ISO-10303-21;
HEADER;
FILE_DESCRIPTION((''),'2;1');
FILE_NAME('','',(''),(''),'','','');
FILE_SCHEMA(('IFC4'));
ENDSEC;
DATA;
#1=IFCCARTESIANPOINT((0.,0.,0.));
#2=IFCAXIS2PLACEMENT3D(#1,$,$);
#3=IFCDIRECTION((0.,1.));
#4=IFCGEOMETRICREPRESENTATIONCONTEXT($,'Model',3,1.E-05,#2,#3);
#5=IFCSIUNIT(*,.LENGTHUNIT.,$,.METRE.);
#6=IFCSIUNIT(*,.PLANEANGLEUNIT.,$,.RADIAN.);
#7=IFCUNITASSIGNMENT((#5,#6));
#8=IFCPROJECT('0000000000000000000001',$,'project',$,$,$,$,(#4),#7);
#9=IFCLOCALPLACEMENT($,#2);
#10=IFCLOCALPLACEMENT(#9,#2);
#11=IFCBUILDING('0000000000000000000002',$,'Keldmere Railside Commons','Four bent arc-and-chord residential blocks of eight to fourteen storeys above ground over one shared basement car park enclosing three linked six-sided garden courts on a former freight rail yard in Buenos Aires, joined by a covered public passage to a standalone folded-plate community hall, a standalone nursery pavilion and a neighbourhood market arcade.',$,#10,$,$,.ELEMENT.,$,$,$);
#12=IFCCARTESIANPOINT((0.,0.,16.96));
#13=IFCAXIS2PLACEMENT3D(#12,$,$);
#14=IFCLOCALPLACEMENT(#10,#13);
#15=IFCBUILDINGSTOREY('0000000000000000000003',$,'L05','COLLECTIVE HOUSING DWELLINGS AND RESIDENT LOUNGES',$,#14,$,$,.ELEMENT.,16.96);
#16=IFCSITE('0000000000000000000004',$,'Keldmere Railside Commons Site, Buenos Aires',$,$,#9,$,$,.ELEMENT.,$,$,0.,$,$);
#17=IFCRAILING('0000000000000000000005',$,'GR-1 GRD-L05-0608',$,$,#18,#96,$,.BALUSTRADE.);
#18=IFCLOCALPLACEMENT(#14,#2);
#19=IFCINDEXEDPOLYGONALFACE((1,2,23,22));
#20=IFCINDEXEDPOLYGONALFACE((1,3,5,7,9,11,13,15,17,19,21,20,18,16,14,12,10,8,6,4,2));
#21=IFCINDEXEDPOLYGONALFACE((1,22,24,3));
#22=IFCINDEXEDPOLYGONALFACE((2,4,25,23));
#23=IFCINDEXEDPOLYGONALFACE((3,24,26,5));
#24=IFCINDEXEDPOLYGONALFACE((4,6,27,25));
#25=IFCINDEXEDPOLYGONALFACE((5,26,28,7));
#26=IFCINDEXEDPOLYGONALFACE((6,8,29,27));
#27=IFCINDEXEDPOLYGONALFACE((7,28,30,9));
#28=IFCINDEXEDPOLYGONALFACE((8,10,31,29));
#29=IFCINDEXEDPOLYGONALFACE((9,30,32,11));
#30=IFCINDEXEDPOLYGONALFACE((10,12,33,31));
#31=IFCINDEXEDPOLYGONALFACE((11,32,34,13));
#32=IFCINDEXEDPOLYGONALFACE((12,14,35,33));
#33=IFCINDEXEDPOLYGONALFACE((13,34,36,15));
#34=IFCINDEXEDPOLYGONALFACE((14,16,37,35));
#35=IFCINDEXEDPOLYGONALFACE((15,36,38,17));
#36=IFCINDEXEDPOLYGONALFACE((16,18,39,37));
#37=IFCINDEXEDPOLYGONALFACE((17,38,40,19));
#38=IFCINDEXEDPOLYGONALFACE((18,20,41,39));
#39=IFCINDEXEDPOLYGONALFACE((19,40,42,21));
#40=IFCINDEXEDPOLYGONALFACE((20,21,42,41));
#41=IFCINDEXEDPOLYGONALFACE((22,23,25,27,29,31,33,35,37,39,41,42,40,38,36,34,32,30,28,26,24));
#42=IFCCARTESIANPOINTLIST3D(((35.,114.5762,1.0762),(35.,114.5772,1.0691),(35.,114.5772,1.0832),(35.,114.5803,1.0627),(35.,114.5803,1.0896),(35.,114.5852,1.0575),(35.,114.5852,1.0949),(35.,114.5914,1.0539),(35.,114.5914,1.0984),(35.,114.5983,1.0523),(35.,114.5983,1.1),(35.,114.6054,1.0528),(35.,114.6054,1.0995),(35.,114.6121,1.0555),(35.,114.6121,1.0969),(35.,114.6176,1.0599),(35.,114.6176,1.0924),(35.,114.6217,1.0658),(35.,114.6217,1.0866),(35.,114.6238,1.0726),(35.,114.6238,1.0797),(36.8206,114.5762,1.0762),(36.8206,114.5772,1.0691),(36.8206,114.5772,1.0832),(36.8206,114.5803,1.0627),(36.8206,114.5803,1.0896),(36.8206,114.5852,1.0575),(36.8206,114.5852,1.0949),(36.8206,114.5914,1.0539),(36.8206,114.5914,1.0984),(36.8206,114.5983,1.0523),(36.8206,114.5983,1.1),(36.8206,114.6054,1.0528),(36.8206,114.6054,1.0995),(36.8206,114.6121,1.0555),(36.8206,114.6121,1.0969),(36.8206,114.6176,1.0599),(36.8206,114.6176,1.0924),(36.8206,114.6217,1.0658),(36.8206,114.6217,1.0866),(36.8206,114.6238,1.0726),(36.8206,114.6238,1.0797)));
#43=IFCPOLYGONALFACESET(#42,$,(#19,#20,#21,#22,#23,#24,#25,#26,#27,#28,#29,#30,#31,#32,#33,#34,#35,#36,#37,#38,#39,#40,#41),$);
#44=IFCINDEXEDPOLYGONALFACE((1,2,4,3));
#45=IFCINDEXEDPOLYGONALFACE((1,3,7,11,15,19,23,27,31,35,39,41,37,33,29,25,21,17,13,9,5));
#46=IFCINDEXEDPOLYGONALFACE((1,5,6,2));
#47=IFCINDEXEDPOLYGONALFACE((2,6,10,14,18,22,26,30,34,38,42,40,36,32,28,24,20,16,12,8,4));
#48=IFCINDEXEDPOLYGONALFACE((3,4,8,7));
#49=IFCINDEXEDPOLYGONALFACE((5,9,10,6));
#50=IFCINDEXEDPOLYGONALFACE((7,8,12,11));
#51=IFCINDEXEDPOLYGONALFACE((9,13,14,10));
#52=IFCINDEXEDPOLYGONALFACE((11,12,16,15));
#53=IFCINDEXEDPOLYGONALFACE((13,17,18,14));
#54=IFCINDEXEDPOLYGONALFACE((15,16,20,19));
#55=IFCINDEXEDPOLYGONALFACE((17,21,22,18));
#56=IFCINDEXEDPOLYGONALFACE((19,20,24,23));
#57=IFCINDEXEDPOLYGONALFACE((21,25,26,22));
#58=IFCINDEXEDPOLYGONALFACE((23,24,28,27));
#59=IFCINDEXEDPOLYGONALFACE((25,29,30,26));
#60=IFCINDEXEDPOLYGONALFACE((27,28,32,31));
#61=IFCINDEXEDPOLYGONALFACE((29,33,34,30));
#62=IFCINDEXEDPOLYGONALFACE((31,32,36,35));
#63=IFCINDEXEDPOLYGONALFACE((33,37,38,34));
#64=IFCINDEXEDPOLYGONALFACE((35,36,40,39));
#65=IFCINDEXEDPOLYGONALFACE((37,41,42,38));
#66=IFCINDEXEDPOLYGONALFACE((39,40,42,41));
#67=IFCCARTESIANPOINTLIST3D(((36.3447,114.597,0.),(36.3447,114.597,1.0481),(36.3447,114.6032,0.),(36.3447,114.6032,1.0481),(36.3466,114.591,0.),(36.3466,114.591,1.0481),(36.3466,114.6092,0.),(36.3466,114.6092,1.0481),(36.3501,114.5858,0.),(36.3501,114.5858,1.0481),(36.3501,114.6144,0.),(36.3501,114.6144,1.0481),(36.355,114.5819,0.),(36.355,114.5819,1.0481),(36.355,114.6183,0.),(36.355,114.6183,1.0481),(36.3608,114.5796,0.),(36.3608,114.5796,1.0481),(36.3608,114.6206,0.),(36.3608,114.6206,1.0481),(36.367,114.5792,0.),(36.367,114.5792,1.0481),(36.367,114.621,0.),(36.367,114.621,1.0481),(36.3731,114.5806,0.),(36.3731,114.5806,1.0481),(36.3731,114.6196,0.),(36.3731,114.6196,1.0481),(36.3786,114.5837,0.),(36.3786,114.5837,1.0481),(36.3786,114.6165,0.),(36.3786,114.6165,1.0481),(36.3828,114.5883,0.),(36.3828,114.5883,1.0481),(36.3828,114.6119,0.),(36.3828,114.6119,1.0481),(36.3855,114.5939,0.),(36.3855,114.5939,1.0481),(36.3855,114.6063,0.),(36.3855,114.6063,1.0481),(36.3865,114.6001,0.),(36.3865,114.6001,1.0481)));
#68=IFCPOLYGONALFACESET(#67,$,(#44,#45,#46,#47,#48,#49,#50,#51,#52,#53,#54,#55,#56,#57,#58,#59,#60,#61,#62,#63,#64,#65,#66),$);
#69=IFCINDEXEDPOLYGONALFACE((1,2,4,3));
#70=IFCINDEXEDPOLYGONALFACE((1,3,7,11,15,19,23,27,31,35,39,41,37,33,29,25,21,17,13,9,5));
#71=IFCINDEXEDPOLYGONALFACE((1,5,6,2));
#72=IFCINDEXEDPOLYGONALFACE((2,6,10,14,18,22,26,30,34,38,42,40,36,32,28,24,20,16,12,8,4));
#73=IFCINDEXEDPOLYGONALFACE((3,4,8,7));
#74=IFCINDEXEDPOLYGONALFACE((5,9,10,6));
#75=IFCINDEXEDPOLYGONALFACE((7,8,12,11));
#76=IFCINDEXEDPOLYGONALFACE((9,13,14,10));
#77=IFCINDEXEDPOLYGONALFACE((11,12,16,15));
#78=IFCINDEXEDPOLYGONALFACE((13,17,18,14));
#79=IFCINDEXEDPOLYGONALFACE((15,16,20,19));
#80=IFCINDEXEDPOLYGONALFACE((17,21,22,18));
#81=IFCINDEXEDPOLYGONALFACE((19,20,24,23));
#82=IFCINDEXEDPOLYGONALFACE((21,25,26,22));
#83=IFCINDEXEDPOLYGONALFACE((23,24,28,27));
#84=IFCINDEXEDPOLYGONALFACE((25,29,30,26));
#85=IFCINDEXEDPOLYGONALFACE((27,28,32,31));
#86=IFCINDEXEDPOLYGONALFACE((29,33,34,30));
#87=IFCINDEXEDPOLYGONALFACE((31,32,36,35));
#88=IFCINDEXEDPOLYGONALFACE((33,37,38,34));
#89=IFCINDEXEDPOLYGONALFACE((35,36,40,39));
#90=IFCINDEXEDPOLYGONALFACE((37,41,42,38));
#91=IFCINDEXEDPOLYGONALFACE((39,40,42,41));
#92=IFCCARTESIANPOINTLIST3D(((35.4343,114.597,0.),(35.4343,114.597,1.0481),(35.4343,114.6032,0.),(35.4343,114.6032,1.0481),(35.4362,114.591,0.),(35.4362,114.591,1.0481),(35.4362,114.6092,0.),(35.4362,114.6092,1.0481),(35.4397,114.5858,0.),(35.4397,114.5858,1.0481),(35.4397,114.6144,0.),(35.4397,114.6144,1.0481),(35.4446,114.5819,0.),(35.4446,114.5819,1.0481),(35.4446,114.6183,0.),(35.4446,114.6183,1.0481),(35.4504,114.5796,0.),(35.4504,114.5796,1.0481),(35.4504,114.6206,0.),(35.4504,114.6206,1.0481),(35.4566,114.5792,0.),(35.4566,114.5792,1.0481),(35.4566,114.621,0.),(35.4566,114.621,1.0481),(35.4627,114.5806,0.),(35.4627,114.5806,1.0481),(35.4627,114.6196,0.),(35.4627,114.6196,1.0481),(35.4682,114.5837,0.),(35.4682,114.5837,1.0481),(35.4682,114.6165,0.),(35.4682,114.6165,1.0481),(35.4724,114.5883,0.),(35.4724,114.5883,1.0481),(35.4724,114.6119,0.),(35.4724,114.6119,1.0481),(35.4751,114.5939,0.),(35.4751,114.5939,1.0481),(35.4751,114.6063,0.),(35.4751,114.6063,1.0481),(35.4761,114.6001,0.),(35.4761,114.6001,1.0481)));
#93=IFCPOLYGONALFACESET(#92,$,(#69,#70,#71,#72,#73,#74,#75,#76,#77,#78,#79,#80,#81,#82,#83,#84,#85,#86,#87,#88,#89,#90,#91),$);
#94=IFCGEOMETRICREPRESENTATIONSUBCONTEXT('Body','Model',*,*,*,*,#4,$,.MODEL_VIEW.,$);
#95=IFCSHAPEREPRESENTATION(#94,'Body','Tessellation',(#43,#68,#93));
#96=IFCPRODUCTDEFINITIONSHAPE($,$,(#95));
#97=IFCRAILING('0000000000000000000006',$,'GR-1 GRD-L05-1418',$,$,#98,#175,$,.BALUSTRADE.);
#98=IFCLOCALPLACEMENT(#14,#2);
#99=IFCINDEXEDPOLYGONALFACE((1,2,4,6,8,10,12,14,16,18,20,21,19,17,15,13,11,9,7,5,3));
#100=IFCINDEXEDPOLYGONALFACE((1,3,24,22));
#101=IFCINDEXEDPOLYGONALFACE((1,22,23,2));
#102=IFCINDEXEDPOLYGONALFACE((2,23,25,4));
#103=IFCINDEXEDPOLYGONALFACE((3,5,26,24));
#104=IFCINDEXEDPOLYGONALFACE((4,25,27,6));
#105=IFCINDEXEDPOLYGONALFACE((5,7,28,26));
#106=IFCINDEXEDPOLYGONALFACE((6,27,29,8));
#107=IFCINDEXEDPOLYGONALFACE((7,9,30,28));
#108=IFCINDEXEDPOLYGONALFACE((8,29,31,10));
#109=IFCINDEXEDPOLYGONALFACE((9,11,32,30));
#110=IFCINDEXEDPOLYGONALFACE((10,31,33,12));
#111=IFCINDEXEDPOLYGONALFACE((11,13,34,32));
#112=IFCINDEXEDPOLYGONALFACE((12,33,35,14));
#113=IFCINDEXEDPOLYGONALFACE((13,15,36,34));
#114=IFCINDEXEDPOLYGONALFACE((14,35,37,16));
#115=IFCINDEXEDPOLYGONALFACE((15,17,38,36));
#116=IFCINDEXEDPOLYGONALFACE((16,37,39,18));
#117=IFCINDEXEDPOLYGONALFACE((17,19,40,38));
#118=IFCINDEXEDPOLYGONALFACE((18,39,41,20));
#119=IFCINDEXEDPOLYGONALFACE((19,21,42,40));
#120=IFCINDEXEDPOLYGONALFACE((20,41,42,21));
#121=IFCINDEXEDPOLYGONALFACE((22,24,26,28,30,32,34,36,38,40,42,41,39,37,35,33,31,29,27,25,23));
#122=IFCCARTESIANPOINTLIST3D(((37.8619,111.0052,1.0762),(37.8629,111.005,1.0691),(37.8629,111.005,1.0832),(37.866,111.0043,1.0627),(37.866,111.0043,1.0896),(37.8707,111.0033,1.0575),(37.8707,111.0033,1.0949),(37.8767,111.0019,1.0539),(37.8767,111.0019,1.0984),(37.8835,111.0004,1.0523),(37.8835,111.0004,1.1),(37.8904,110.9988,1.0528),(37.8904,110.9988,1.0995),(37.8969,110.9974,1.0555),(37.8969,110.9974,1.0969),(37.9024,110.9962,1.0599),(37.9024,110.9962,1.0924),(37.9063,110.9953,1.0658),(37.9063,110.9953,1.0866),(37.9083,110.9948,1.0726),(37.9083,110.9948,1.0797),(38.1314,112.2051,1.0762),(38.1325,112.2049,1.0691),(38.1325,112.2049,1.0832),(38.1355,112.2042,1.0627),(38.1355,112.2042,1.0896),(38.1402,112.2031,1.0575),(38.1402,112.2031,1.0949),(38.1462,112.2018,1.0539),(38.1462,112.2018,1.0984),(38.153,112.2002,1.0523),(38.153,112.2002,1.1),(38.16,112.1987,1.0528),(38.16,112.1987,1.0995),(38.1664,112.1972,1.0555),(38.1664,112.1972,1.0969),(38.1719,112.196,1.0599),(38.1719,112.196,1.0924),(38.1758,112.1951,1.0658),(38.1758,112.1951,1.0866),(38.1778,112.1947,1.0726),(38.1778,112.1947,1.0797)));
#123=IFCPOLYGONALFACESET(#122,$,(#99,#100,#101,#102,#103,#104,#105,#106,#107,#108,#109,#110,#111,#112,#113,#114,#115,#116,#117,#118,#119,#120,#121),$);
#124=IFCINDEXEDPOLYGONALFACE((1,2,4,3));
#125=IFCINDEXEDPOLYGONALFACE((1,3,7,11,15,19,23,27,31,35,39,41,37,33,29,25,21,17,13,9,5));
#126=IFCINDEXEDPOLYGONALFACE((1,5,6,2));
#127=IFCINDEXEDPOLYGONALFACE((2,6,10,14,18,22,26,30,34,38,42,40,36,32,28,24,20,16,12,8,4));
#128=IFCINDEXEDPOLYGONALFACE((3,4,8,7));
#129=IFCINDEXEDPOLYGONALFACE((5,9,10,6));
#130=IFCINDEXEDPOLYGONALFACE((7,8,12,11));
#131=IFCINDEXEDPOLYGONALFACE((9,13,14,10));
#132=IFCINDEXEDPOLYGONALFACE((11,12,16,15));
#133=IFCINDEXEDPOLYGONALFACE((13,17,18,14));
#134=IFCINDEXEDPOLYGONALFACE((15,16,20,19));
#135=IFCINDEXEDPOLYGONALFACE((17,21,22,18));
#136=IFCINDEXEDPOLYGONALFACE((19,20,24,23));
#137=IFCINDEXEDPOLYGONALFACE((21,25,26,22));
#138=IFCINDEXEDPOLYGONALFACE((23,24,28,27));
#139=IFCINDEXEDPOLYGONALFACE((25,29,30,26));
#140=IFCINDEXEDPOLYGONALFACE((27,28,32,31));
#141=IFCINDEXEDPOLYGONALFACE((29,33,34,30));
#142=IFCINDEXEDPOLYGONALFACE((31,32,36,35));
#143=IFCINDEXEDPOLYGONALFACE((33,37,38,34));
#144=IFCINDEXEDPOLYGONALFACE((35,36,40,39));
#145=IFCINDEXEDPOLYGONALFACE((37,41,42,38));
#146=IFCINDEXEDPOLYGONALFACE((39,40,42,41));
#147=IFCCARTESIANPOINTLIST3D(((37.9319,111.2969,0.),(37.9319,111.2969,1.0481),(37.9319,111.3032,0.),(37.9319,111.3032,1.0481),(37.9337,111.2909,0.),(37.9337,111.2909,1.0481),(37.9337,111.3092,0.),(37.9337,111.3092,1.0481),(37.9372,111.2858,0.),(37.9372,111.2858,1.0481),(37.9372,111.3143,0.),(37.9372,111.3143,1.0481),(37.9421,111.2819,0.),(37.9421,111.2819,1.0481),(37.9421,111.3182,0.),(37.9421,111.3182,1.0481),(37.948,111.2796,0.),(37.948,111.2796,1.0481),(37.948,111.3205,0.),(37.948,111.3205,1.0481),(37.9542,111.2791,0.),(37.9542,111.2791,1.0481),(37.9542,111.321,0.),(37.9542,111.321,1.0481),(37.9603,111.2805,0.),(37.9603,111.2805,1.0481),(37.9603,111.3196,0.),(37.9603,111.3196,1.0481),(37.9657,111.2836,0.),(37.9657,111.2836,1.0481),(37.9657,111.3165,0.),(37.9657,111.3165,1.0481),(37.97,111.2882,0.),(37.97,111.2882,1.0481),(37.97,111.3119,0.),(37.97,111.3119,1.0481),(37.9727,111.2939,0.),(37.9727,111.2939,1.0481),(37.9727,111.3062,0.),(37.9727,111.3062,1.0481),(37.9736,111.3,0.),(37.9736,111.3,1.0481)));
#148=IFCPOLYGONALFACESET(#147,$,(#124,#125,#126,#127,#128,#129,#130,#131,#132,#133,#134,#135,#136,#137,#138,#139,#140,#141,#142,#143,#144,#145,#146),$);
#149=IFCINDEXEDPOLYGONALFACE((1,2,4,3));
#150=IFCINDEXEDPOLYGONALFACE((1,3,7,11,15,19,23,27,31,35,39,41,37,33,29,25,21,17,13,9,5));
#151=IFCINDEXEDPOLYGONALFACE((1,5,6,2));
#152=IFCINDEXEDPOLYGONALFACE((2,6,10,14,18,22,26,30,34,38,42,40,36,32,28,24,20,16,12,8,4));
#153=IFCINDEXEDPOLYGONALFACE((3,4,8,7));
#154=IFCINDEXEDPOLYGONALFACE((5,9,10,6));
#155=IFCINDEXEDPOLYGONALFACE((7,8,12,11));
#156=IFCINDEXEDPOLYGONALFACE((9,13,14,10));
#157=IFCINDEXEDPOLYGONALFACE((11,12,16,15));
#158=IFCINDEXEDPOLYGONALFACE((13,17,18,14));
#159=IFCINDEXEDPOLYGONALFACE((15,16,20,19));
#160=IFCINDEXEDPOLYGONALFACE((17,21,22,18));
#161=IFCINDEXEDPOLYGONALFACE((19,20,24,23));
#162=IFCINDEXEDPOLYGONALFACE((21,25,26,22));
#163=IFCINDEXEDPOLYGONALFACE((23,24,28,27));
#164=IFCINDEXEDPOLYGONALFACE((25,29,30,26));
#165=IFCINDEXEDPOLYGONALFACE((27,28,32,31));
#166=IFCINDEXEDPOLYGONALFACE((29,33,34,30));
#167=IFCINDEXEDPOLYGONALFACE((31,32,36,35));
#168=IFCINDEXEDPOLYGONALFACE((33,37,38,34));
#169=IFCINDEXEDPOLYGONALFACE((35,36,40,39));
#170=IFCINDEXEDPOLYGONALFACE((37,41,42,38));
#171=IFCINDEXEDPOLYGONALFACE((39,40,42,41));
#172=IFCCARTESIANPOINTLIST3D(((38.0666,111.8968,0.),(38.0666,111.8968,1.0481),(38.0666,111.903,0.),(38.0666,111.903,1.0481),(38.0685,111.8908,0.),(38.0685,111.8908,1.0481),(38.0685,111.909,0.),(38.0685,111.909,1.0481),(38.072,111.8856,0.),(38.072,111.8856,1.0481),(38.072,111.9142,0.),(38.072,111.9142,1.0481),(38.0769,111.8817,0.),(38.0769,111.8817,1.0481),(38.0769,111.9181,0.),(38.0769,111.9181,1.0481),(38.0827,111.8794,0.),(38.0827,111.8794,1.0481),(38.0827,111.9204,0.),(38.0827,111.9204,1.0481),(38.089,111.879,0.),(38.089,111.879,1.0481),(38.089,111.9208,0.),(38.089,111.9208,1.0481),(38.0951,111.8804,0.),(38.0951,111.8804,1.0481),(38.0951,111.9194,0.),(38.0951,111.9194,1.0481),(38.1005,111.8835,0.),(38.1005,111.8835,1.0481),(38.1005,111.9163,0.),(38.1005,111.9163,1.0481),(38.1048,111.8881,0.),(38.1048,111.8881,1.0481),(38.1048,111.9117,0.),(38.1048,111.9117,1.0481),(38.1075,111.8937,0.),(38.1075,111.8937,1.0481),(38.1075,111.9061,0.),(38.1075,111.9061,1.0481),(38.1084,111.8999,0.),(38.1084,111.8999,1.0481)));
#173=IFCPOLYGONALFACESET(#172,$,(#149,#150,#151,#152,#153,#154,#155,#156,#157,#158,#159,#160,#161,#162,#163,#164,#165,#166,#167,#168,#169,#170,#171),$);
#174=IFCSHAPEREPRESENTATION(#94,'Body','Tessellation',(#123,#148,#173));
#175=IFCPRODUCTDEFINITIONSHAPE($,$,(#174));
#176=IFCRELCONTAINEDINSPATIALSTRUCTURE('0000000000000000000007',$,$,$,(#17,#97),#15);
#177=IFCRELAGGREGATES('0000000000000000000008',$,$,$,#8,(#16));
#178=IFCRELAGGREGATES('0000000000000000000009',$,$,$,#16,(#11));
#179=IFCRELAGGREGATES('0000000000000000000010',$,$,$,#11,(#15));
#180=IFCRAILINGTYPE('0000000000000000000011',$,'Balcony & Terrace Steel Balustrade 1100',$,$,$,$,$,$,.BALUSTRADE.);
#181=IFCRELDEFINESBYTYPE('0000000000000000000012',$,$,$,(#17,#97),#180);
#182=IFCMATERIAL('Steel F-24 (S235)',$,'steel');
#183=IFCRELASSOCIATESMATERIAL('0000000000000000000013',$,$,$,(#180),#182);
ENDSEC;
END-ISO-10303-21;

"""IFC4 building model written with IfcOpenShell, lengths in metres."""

from ifc_helpers import new_model, si_unit, direction, frame, origin, origin_2d, place, context, subcontext, project, spatial, circle, extrude, material, type_object, element, save


model = new_model("IFC4")

# Units and contexts
model_context = context("Model", 3, precision=1e-05, world=origin(), true_north=direction((0.0, 1.0)))
body_context = subcontext(model_context, "Body", "Model", "MODEL_VIEW")
ifc_project = project(units=[si_unit("LENGTHUNIT", "METRE"), si_unit("PLANEANGLEUNIT", "RADIAN")], contexts=[model_context])

# Site, building, storey
site_placement = place(None, origin())
site = spatial("IfcSite", under=ifc_project, at=site_placement, Name="Keldmere Railside Commons Site, Buenos Aires", CompositionType="ELEMENT", RefElevation=0.0)
building_placement = place(site_placement, origin())
building = spatial("IfcBuilding", under=site, at=building_placement, Name="Keldmere Railside Commons", Description="Four bent arc-and-chord residential blocks of eight to fourteen storeys above ground over one shared basement car park enclosing three linked six-sided garden courts on a former freight rail yard in Buenos Aires, joined by a covered public passage to a standalone folded-plate community hall, a standalone nursery pavilion and a neighbourhood market arcade.", CompositionType="ELEMENT")
storey_placement = place(building_placement, frame((0.0, 0.0, 16.96)))
storey = spatial("IfcBuildingStorey", under=building, at=storey_placement, Name="L05", Description="COLLECTIVE HOUSING DWELLINGS AND RESIDENT LOUNGES", CompositionType="ELEMENT", Elevation=16.96)

# Railings
ifc_material_1 = material(Name="Steel F-24 (S235)", Category="steel")
railing_type = type_object("IfcRailingType", Name="Balcony & Terrace Steel Balustrade 1100", PredefinedType="BALUSTRADE", material=ifc_material_1)
railing_1_placement = place(storey_placement, frame((36.8206, 114.6001, 0.0)))
element("IfcRailing", 1, at=railing_1_placement, inside=storey, type_object=railing_type, Name="GR-1 GRD-L05-0608", PredefinedType="BALUSTRADE", context=body_context, shape_type="SweptSolid", body=[
    extrude(circle(Radius=0.0239, at=origin_2d()), frame((0.0, 0.0, 1.0762), z_axis=(-1.0, 0.0, 0.0), x_axis=(0.0, -1.0, 0.0)), (0.0, 0.0, 1.0), 1.8206),
    extrude(circle(Radius=0.021, at=origin_2d()), frame((-0.4551, 0.0, 0.0)), (0.0, 0.0, 1.0), 1.0481),
    extrude(circle(Radius=0.021, at=origin_2d()), frame((-1.3655, 0.0, 0.0)), (0.0, 0.0, 1.0), 1.0481),
])
railing_2_placement = place(storey_placement, frame((37.8853, 111.0, 0.0)))
element("IfcRailing", 2, at=railing_2_placement, inside=storey, type_object=railing_type, Name="GR-1 GRD-L05-1418", PredefinedType="BALUSTRADE", context=body_context, shape_type="SweptSolid", body=[
    extrude(circle(Radius=0.0239, at=origin_2d()), frame((0.0, 0.0, 1.0762), z_axis=(0.219158, 0.975689, 0.0), x_axis=(-0.975689, 0.219158, 0.0)), (0.0, 0.0, 1.0), 1.2297),
    extrude(circle(Radius=0.021, at=origin_2d()), frame((0.0674, 0.3, 0.0)), (0.0, 0.0, 1.0), 1.0481),
    extrude(circle(Radius=0.021, at=origin_2d()), frame((0.2021, 0.8999, 0.0)), (0.0, 0.0, 1.0), 1.0481),
])

save(model, "model.ifc")
